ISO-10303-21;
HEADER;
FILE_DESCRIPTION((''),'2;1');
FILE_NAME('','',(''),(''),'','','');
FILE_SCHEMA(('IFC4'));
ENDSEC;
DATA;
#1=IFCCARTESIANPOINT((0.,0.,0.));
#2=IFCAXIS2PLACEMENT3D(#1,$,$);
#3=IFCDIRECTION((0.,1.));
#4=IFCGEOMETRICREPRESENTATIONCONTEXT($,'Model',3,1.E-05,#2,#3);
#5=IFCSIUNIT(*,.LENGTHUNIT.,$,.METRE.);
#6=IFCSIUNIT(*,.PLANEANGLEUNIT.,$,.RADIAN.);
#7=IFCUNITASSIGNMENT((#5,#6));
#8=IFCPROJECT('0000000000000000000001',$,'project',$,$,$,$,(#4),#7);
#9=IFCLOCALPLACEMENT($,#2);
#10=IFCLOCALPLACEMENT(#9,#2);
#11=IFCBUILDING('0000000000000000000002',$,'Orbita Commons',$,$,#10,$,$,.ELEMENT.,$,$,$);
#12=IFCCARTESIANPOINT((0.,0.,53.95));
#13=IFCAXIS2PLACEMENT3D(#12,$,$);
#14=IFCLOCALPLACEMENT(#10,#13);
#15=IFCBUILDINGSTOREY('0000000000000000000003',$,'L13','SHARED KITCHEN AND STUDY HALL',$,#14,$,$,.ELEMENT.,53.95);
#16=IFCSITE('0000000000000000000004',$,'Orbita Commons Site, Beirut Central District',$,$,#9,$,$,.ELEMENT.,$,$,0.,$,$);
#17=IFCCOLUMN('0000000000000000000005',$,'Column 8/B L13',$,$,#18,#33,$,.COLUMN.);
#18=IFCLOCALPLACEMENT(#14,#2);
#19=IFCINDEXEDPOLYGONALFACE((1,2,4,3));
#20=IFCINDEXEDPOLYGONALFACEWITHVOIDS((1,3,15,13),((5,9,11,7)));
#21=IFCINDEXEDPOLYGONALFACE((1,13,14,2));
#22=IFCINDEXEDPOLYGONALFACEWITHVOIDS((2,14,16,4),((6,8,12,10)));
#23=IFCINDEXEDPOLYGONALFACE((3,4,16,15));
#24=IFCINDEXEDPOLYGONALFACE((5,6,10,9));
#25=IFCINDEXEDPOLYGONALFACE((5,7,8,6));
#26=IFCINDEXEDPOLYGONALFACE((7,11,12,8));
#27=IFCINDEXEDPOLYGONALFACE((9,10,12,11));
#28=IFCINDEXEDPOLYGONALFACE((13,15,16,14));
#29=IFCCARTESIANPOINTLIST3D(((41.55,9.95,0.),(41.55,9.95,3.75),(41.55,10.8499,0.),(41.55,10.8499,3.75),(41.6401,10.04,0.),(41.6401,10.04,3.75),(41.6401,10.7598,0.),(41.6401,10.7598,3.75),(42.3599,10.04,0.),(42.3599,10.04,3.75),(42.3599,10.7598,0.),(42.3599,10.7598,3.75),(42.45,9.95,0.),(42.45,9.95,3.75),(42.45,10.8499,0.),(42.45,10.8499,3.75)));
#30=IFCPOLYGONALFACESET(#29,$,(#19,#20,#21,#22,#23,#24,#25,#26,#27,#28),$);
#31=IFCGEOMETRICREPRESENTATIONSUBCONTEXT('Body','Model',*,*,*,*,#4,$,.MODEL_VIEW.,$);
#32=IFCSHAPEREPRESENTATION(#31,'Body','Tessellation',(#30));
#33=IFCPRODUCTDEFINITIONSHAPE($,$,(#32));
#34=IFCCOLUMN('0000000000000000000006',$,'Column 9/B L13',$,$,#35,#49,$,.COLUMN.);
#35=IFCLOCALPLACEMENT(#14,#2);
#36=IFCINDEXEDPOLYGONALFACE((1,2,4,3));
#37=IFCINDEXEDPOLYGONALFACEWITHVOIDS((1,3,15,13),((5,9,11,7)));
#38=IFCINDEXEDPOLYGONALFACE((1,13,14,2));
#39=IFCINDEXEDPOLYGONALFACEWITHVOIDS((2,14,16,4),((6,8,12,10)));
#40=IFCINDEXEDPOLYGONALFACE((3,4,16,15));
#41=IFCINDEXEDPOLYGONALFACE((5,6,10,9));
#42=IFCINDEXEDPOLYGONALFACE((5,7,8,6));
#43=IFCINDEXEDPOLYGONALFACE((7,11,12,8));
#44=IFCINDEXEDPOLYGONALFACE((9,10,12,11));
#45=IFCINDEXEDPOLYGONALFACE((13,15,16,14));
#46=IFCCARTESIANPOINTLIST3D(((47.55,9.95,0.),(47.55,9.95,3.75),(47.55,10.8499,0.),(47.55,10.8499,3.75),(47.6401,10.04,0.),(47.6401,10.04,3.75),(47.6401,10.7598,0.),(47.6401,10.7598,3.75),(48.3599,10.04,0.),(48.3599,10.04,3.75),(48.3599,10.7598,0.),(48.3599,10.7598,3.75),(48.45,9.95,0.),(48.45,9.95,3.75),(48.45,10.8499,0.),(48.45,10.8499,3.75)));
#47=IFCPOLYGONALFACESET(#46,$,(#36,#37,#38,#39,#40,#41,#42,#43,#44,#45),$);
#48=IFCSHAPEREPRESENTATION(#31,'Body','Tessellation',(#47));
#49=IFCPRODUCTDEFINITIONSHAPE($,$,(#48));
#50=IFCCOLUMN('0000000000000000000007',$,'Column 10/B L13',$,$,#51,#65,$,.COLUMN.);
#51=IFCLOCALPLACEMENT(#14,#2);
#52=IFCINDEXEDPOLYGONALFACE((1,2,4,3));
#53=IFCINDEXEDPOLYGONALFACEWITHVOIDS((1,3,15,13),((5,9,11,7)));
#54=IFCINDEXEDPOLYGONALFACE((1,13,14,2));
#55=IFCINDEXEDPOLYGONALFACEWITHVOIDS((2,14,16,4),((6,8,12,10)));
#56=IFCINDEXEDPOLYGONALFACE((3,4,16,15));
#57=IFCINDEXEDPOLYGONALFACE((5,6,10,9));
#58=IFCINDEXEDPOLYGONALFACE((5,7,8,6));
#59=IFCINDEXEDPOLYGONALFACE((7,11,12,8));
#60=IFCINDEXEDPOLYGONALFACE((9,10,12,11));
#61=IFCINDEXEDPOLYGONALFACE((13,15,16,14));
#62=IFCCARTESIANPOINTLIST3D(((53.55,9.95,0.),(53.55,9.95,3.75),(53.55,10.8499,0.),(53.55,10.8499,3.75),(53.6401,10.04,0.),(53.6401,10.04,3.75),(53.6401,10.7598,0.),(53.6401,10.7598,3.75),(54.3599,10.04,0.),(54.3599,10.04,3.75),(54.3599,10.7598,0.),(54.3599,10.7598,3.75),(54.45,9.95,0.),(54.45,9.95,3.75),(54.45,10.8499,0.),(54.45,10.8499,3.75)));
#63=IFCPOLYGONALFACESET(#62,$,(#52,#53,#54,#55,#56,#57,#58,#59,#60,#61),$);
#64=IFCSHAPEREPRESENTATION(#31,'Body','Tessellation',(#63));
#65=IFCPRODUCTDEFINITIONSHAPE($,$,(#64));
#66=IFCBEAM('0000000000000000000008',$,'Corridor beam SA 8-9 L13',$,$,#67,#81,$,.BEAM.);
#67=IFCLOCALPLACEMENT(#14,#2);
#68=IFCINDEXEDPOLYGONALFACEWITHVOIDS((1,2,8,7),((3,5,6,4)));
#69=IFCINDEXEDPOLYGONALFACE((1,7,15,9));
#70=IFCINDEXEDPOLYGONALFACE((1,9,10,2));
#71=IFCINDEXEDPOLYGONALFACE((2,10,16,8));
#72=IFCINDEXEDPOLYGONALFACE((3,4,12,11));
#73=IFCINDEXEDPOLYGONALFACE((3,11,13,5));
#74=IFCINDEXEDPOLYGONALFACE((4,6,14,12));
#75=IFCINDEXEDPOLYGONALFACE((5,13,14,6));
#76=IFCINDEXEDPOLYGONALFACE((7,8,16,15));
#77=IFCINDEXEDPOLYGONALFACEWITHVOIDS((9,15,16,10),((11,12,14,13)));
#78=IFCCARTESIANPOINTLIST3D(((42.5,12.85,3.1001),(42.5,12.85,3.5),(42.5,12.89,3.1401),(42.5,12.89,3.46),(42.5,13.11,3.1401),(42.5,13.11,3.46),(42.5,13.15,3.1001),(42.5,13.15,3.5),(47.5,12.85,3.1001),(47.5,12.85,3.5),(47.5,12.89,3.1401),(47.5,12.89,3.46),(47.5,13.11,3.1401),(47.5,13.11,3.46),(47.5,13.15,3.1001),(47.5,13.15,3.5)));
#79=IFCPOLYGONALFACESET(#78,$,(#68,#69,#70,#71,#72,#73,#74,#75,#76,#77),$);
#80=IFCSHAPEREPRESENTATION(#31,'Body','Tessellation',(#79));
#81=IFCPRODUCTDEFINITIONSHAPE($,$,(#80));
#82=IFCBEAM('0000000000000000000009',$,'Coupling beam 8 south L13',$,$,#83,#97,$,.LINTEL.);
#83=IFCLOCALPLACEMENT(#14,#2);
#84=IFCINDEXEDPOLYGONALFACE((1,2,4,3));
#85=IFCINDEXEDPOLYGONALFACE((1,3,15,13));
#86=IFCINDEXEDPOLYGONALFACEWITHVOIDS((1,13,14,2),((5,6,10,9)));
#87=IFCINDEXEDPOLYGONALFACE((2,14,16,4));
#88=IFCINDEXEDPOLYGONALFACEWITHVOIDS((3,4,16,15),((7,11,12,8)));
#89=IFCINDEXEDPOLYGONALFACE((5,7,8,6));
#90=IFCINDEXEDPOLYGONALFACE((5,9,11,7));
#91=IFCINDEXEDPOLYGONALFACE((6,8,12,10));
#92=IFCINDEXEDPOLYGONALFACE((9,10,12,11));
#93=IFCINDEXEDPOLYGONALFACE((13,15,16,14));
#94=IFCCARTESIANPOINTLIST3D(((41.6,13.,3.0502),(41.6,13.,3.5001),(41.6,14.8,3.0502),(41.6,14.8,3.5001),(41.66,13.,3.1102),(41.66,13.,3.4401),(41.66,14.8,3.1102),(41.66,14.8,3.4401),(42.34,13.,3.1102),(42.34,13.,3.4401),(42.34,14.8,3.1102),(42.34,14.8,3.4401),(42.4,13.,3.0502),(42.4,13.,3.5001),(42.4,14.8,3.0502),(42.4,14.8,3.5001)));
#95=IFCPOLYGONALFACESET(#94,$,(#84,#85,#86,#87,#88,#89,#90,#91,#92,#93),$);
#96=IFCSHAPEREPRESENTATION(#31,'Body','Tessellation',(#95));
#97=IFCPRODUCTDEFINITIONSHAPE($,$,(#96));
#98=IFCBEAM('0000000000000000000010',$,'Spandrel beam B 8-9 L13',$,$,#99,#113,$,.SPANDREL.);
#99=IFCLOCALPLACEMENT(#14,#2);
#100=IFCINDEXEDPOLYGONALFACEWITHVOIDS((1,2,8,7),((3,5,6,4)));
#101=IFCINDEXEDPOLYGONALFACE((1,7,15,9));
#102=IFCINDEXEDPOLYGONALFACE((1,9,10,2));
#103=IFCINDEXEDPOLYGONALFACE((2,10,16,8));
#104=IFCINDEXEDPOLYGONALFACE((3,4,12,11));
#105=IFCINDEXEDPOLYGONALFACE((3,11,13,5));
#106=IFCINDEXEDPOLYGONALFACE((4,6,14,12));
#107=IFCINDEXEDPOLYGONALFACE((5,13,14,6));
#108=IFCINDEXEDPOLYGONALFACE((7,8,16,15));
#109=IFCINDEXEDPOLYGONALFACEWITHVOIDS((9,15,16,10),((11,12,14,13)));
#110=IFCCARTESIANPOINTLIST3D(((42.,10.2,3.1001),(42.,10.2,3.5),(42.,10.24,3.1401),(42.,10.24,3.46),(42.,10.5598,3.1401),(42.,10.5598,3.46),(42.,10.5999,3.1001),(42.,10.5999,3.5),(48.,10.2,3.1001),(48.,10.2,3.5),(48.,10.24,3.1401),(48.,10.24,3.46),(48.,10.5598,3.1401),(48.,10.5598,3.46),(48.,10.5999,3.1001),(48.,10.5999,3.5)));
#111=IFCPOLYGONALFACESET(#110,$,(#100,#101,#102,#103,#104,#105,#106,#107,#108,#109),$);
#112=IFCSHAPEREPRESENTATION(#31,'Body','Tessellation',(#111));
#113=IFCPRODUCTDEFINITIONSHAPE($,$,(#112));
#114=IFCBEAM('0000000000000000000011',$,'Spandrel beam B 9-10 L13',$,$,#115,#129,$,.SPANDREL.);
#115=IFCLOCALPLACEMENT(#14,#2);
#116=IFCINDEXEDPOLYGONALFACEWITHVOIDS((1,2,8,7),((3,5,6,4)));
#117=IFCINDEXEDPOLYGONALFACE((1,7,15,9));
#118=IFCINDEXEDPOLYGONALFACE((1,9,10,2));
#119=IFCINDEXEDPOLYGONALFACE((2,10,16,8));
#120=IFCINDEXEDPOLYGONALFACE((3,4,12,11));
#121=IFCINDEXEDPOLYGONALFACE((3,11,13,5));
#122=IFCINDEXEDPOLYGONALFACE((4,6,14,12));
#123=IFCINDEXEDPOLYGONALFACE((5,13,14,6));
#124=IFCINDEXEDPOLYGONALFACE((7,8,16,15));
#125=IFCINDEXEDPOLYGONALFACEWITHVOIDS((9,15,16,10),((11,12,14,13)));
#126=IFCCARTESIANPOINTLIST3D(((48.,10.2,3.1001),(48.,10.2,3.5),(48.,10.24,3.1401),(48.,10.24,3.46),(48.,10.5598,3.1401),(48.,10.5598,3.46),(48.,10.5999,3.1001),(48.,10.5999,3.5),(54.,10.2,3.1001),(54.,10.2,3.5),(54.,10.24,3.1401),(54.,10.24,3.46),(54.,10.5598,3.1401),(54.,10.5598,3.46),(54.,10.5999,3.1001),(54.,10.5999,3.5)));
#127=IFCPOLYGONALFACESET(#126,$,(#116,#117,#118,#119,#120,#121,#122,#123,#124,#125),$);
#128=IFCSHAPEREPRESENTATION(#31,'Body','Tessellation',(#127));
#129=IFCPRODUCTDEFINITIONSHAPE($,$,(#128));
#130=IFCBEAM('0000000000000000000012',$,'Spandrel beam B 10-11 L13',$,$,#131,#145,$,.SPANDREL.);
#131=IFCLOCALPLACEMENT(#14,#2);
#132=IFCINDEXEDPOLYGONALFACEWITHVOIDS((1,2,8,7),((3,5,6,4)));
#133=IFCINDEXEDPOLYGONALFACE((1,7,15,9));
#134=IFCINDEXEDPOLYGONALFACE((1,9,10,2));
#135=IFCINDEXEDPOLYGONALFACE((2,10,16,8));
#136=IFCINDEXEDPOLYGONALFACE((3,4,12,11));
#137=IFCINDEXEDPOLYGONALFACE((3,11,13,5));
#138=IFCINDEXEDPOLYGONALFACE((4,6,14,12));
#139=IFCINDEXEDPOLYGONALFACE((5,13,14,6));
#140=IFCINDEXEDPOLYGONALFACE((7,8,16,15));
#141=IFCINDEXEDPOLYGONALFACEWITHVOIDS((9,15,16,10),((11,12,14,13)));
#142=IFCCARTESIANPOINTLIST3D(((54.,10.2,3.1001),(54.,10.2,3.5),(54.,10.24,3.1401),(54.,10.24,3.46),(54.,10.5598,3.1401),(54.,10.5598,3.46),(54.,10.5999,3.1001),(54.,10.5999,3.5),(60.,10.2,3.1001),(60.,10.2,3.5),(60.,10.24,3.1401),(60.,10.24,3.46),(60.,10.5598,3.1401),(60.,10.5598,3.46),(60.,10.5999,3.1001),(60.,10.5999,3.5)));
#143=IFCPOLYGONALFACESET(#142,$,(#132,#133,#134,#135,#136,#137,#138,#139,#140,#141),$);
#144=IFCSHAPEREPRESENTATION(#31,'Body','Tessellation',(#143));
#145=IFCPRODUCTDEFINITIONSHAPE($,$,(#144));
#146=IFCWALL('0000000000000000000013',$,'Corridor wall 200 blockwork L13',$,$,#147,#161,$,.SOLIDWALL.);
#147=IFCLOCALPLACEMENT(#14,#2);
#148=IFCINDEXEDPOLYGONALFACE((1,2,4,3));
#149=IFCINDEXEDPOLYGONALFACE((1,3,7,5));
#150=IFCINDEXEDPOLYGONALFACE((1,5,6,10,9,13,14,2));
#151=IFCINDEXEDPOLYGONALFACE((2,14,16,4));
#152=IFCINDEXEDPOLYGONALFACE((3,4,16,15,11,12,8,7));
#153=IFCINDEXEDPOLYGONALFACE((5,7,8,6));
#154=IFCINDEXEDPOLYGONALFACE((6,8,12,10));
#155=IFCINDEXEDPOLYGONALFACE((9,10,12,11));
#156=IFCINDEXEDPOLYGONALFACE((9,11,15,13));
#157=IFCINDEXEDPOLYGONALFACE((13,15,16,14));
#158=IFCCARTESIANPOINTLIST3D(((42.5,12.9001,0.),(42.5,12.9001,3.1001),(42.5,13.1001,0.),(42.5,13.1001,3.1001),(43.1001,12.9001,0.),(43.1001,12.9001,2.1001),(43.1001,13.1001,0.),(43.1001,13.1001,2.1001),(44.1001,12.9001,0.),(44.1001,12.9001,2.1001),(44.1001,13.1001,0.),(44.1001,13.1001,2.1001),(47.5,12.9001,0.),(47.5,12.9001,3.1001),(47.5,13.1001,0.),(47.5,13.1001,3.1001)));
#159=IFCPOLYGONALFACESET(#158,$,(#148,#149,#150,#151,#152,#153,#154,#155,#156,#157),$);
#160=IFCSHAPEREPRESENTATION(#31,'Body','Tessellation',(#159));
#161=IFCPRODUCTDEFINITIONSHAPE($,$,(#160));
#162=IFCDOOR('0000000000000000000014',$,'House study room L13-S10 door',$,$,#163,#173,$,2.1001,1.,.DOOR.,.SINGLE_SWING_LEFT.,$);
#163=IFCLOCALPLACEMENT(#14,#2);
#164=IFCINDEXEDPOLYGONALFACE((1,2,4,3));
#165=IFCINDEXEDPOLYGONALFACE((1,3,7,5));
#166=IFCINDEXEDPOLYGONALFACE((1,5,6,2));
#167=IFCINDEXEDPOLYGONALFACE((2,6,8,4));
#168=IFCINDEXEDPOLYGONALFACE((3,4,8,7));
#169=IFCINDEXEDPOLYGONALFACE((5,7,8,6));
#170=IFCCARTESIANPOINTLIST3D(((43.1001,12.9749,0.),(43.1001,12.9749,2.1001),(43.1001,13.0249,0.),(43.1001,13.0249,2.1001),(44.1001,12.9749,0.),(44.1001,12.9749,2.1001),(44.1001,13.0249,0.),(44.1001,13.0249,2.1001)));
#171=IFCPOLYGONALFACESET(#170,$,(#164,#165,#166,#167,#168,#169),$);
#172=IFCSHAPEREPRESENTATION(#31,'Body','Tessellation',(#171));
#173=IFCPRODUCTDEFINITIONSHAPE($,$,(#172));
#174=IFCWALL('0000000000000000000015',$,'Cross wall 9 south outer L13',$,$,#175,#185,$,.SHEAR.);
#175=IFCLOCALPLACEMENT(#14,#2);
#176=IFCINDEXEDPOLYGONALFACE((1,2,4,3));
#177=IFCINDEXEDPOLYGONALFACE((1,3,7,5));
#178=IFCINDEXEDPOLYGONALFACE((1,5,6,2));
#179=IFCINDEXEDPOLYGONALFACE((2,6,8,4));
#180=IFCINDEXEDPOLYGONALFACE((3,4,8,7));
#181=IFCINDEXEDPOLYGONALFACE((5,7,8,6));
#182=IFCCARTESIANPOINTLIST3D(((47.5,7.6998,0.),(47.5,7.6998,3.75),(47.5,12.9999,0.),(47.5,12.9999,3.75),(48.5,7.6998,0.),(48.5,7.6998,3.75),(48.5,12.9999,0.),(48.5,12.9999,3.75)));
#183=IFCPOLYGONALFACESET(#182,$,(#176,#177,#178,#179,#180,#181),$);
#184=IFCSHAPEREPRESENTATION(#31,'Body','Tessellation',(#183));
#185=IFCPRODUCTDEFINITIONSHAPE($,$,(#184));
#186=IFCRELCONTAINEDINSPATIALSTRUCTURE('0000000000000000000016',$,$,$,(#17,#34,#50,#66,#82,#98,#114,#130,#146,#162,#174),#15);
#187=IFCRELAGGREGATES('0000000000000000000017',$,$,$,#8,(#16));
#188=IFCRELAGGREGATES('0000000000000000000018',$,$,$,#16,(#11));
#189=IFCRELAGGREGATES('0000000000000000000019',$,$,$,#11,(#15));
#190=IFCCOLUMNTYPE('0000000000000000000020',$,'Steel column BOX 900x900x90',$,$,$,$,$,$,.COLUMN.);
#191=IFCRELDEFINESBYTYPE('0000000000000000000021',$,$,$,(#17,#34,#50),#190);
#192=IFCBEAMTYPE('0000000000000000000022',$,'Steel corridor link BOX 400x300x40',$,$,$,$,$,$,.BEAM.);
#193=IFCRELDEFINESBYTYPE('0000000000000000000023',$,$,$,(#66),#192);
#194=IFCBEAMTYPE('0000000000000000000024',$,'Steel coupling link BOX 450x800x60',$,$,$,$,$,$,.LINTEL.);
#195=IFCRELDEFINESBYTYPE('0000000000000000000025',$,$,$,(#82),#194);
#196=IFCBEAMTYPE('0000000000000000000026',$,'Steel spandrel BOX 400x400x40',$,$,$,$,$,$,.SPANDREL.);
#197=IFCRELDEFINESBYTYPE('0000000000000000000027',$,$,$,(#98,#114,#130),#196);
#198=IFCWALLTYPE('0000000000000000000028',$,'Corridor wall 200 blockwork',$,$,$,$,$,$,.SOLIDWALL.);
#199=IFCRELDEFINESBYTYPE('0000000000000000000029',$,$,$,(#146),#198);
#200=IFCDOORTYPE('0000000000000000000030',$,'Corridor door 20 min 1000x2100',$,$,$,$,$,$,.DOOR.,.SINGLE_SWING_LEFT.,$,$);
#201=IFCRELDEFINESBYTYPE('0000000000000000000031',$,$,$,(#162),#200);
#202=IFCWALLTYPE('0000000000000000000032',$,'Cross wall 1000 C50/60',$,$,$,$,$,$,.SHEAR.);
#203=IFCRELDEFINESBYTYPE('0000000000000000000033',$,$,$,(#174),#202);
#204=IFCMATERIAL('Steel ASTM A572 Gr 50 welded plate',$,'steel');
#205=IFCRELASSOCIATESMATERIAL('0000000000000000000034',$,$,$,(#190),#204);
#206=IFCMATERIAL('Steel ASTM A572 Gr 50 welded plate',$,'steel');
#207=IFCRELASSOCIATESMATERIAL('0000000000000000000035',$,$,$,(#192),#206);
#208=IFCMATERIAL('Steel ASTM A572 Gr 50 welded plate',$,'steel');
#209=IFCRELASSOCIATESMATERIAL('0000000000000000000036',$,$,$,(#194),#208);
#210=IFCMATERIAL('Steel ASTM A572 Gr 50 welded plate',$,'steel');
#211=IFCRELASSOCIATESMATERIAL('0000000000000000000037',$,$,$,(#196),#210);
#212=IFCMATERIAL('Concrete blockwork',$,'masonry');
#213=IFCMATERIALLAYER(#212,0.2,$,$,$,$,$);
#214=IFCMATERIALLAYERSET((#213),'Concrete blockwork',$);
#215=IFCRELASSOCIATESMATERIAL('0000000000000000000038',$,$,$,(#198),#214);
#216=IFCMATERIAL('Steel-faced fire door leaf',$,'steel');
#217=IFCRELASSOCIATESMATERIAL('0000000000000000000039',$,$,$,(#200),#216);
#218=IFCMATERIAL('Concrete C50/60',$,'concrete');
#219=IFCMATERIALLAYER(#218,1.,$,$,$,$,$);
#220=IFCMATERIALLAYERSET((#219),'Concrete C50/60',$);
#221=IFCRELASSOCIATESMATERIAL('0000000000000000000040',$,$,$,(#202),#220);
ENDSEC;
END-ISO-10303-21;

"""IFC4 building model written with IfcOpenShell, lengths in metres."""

from ifc_helpers import new_model, si_unit, direction, frame, frame_2d, origin, origin_2d, place, context, subcontext, project, spatial, polyline, rectangle, hollow_rectangle, outline, extrude, material, layer, layer_set, material_profile, profile_set, type_object, element, fill, save


model = new_model("IFC4")

# Units and contexts
model_context = context("Model", 3, precision=1e-05, world=origin(), true_north=direction((0.0, 1.0)))
body_context = subcontext(model_context, "Body", "Model", "MODEL_VIEW")
ifc_project = project(units=[si_unit("LENGTHUNIT", "METRE"), si_unit("PLANEANGLEUNIT", "RADIAN")], contexts=[model_context])

# Site, building, storey
site_placement = place(None, origin())
site = spatial("IfcSite", under=ifc_project, at=site_placement, Name="Orbita Commons Site, Beirut Central District", CompositionType="ELEMENT", RefElevation=0.0)
building_placement = place(site_placement, origin())
building = spatial("IfcBuilding", under=site, at=building_placement, Name="Orbita Commons", CompositionType="ELEMENT")
storey_placement = place(building_placement, frame((0.0, 0.0, 53.95)))
storey = spatial("IfcBuildingStorey", under=building, at=storey_placement, Name="L13", Description="SHARED KITCHEN AND STUDY HALL", CompositionType="ELEMENT", Elevation=53.95)

# Columns
ifc_material_1 = material(Name="Steel ASTM A572 Gr 50 welded plate", Category="steel")
ifc_material_profile_1 = material_profile(ifc_material_1, hollow_rectangle(XDim=0.8999, YDim=0.8999, WallThickness=0.0901, at=origin_2d()), Name="BOX 900x900x90")
ifc_profile_set_1 = profile_set([ifc_material_profile_1], Name="Steel ASTM A572 Gr 50 welded plate")
column_type = type_object("IfcColumnType", Name="Steel column BOX 900x900x90", PredefinedType="COLUMN", material=ifc_profile_set_1)
for number, where, z_axis, x_axis, name in (
    (1, (42.0, 10.3999, 0.0), (0.0, 0.0, 1.0), (1.0, 0.0, 0.0), "Column 8/B L13"),
    (2, (48.0, 10.3999, 0.0), (0.0, 0.0, 1.0), (1.0, 0.0, 0.0), "Column 9/B L13"),
    (3, (54.0, 10.3999, 0.0), (0.0, 0.0, 1.0), (1.0, 0.0, 0.0), "Column 10/B L13"),
):
    element("IfcColumn", number, at=place(storey_placement, frame(where, z_axis=z_axis, x_axis=x_axis)), inside=storey, type_object=column_type, Name=name, PredefinedType="COLUMN", context=body_context, shape_type="SweptSolid", body=[
        extrude(hollow_rectangle(XDim=0.8999, YDim=0.8999, WallThickness=0.0901, at=origin_2d()), origin(), (0.0, 0.0, 1.0), 3.75),
    ])

# Beams
ifc_material_2 = material(Name="Steel ASTM A572 Gr 50 welded plate", Category="steel")
ifc_material_profile_2 = material_profile(ifc_material_2, hollow_rectangle(XDim=0.3, YDim=0.3999, WallThickness=0.04, at=origin_2d()), Name="BOX 400x300x40")
ifc_profile_set_2 = profile_set([ifc_material_profile_2], Name="Steel ASTM A572 Gr 50 welded plate")
beam_type_1 = type_object("IfcBeamType", Name="Steel corridor link BOX 400x300x40", PredefinedType="BEAM", material=ifc_profile_set_2)
beam_1_placement = place(storey_placement, frame((42.5, 13.0, 3.3), z_axis=(1.0, 0.0, 0.0), x_axis=(0.0, 1.0, 0.0)))
element("IfcBeam", 4, at=beam_1_placement, inside=storey, type_object=beam_type_1, Name="Corridor beam SA 8-9 L13", PredefinedType="BEAM", context=body_context, shape_type="SweptSolid", body=[
    extrude(hollow_rectangle(XDim=0.3, YDim=0.3999, WallThickness=0.04, at=origin_2d()), origin(), (0.0, 0.0, 1.0), 5.0),
])
ifc_material_3 = material(Name="Steel ASTM A572 Gr 50 welded plate", Category="steel")
ifc_material_profile_3 = material_profile(ifc_material_3, hollow_rectangle(XDim=0.8, YDim=0.45, WallThickness=0.0601, at=origin_2d()), Name="BOX 450x800x60")
ifc_profile_set_3 = profile_set([ifc_material_profile_3], Name="Steel ASTM A572 Gr 50 welded plate")
beam_type_2 = type_object("IfcBeamType", Name="Steel coupling link BOX 450x800x60", PredefinedType="LINTEL", material=ifc_profile_set_3)
beam_2_placement = place(storey_placement, frame((42.0, 13.0, 3.2751), z_axis=(0.0, 1.0, 0.0), x_axis=(-1.0, 0.0, 0.0)))
element("IfcBeam", 5, at=beam_2_placement, inside=storey, type_object=beam_type_2, Name="Coupling beam 8 south L13", PredefinedType="LINTEL", context=body_context, shape_type="SweptSolid", body=[
    extrude(hollow_rectangle(XDim=0.8, YDim=0.45, WallThickness=0.0601, at=origin_2d()), origin(), (0.0, 0.0, 1.0), 1.8),
])
ifc_material_4 = material(Name="Steel ASTM A572 Gr 50 welded plate", Category="steel")
ifc_material_profile_4 = material_profile(ifc_material_4, hollow_rectangle(XDim=0.3999, YDim=0.3999, WallThickness=0.04, at=origin_2d()), Name="BOX 400x400x40")
ifc_profile_set_4 = profile_set([ifc_material_profile_4], Name="Steel ASTM A572 Gr 50 welded plate")
beam_type_3 = type_object("IfcBeamType", Name="Steel spandrel BOX 400x400x40", PredefinedType="SPANDREL", material=ifc_profile_set_4)
for number, where, z_axis, x_axis, name in (
    (6, (42.0, 10.3999, 3.3), (1.0, 0.0, 0.0), (0.0, 1.0, 0.0), "Spandrel beam B 8-9 L13"),
    (7, (48.0, 10.3999, 3.3), (1.0, 0.0, 0.0), (0.0, 1.0, 0.0), "Spandrel beam B 9-10 L13"),
    (8, (54.0, 10.3999, 3.3), (1.0, 0.0, 0.0), (0.0, 1.0, 0.0), "Spandrel beam B 10-11 L13"),
):
    element("IfcBeam", number, at=place(storey_placement, frame(where, z_axis=z_axis, x_axis=x_axis)), inside=storey, type_object=beam_type_3, Name=name, PredefinedType="SPANDREL", context=body_context, shape_type="SweptSolid", body=[
        extrude(hollow_rectangle(XDim=0.3999, YDim=0.3999, WallThickness=0.04, at=origin_2d()), origin(), (0.0, 0.0, 1.0), 6.0),
    ])

# Wall, opening, door
ifc_material_5 = material(Name="Concrete blockwork", Category="masonry")
ifc_layer_1 = layer(ifc_material_5, 0.2)
ifc_layer_set_1 = layer_set([ifc_layer_1], Name="Concrete blockwork")
wall_type_1 = type_object("IfcWallType", Name="Corridor wall 200 blockwork", PredefinedType="SOLIDWALL", material=ifc_layer_set_1)
wall_1_placement = place(storey_placement, frame((42.5, 13.0, 0.0), z_axis=(0.0, 0.0, 1.0), x_axis=(1.0, 0.0, 0.0)))
wall_1 = element("IfcWall", 9, at=wall_1_placement, inside=storey, type_object=wall_type_1, Name="Corridor wall 200 blockwork L13", PredefinedType="SOLIDWALL", context=body_context, shape_type="SweptSolid", body=[
    extrude(outline(polyline([(0.0, 0.0), (5.0, 0.0), (5.0, 3.1001), (0.0, 3.1001), (0.0, 0.0)])), frame((0.0, 0.1001, 0.0), z_axis=(0.0, -1.0, 0.0), x_axis=(1.0, 0.0, 0.0)), (0.0, 0.0, 1.0), 0.2),
])
opening_1_placement = place(wall_1_placement, frame((0.6001, 0.0, 0.0)))
opening_1 = element("IfcOpeningElement", 10, at=opening_1_placement, cuts=wall_1, PredefinedType="OPENING", context=body_context, shape_type="SweptSolid", body=[
    extrude(rectangle(XDim=1.0, YDim=2.1001, at=frame_2d((0.5, 1.05))), frame((0.0, 0.1099, 0.0), z_axis=(0.0, -1.0, 0.0), x_axis=(1.0, 0.0, 0.0)), (0.0, 0.0, 1.0), 0.22),
])
ifc_material_6 = material(Name="Steel-faced fire door leaf", Category="steel")
door_type_1 = type_object("IfcDoorType", Name="Corridor door 20 min 1000x2100", OperationType="SINGLE_SWING_LEFT", PredefinedType="DOOR", material=ifc_material_6)
door_1_placement = place(opening_1_placement, origin())
door_1 = element("IfcDoor", 11, at=door_1_placement, inside=storey, type_object=door_type_1, Name="House study room L13-S10 door", OperationType="SINGLE_SWING_LEFT", OverallHeight=2.1001, OverallWidth=1.0, PredefinedType="DOOR", context=body_context, shape_type="SweptSolid", body=[
    extrude(rectangle(XDim=1.0, YDim=2.1001, at=frame_2d((0.5, 1.05))), frame((0.0, 0.0249, 0.0), z_axis=(0.0, -1.0, 0.0), x_axis=(1.0, 0.0, 0.0)), (0.0, 0.0, 1.0), 0.05),
])
fill(opening_1, door_1)

# Wall
ifc_material_7 = material(Name="Concrete C50/60", Category="concrete")
ifc_layer_2 = layer(ifc_material_7, 1.0)
ifc_layer_set_2 = layer_set([ifc_layer_2], Name="Concrete C50/60")
wall_type_2 = type_object("IfcWallType", Name="Cross wall 1000 C50/60", PredefinedType="SHEAR", material=ifc_layer_set_2)
for number, where, z_axis, x_axis, name in (
    (12, (48.0, 7.7, 0.0), (0.0, 0.0, 1.0), (0.0, 1.0, 0.0), "Cross wall 9 south outer L13"),
):
    element("IfcWall", number, at=place(storey_placement, frame(where, z_axis=z_axis, x_axis=x_axis)), inside=storey, type_object=wall_type_2, Name=name, PredefinedType="SHEAR", context=body_context, shape_type="SweptSolid", body=[
        extrude(rectangle(XDim=5.3, YDim=1.0, at=frame_2d((2.6499, 0.0))), origin(), (0.0, 0.0, 1.0), 3.75),
    ])

save(model, "model.ifc")
